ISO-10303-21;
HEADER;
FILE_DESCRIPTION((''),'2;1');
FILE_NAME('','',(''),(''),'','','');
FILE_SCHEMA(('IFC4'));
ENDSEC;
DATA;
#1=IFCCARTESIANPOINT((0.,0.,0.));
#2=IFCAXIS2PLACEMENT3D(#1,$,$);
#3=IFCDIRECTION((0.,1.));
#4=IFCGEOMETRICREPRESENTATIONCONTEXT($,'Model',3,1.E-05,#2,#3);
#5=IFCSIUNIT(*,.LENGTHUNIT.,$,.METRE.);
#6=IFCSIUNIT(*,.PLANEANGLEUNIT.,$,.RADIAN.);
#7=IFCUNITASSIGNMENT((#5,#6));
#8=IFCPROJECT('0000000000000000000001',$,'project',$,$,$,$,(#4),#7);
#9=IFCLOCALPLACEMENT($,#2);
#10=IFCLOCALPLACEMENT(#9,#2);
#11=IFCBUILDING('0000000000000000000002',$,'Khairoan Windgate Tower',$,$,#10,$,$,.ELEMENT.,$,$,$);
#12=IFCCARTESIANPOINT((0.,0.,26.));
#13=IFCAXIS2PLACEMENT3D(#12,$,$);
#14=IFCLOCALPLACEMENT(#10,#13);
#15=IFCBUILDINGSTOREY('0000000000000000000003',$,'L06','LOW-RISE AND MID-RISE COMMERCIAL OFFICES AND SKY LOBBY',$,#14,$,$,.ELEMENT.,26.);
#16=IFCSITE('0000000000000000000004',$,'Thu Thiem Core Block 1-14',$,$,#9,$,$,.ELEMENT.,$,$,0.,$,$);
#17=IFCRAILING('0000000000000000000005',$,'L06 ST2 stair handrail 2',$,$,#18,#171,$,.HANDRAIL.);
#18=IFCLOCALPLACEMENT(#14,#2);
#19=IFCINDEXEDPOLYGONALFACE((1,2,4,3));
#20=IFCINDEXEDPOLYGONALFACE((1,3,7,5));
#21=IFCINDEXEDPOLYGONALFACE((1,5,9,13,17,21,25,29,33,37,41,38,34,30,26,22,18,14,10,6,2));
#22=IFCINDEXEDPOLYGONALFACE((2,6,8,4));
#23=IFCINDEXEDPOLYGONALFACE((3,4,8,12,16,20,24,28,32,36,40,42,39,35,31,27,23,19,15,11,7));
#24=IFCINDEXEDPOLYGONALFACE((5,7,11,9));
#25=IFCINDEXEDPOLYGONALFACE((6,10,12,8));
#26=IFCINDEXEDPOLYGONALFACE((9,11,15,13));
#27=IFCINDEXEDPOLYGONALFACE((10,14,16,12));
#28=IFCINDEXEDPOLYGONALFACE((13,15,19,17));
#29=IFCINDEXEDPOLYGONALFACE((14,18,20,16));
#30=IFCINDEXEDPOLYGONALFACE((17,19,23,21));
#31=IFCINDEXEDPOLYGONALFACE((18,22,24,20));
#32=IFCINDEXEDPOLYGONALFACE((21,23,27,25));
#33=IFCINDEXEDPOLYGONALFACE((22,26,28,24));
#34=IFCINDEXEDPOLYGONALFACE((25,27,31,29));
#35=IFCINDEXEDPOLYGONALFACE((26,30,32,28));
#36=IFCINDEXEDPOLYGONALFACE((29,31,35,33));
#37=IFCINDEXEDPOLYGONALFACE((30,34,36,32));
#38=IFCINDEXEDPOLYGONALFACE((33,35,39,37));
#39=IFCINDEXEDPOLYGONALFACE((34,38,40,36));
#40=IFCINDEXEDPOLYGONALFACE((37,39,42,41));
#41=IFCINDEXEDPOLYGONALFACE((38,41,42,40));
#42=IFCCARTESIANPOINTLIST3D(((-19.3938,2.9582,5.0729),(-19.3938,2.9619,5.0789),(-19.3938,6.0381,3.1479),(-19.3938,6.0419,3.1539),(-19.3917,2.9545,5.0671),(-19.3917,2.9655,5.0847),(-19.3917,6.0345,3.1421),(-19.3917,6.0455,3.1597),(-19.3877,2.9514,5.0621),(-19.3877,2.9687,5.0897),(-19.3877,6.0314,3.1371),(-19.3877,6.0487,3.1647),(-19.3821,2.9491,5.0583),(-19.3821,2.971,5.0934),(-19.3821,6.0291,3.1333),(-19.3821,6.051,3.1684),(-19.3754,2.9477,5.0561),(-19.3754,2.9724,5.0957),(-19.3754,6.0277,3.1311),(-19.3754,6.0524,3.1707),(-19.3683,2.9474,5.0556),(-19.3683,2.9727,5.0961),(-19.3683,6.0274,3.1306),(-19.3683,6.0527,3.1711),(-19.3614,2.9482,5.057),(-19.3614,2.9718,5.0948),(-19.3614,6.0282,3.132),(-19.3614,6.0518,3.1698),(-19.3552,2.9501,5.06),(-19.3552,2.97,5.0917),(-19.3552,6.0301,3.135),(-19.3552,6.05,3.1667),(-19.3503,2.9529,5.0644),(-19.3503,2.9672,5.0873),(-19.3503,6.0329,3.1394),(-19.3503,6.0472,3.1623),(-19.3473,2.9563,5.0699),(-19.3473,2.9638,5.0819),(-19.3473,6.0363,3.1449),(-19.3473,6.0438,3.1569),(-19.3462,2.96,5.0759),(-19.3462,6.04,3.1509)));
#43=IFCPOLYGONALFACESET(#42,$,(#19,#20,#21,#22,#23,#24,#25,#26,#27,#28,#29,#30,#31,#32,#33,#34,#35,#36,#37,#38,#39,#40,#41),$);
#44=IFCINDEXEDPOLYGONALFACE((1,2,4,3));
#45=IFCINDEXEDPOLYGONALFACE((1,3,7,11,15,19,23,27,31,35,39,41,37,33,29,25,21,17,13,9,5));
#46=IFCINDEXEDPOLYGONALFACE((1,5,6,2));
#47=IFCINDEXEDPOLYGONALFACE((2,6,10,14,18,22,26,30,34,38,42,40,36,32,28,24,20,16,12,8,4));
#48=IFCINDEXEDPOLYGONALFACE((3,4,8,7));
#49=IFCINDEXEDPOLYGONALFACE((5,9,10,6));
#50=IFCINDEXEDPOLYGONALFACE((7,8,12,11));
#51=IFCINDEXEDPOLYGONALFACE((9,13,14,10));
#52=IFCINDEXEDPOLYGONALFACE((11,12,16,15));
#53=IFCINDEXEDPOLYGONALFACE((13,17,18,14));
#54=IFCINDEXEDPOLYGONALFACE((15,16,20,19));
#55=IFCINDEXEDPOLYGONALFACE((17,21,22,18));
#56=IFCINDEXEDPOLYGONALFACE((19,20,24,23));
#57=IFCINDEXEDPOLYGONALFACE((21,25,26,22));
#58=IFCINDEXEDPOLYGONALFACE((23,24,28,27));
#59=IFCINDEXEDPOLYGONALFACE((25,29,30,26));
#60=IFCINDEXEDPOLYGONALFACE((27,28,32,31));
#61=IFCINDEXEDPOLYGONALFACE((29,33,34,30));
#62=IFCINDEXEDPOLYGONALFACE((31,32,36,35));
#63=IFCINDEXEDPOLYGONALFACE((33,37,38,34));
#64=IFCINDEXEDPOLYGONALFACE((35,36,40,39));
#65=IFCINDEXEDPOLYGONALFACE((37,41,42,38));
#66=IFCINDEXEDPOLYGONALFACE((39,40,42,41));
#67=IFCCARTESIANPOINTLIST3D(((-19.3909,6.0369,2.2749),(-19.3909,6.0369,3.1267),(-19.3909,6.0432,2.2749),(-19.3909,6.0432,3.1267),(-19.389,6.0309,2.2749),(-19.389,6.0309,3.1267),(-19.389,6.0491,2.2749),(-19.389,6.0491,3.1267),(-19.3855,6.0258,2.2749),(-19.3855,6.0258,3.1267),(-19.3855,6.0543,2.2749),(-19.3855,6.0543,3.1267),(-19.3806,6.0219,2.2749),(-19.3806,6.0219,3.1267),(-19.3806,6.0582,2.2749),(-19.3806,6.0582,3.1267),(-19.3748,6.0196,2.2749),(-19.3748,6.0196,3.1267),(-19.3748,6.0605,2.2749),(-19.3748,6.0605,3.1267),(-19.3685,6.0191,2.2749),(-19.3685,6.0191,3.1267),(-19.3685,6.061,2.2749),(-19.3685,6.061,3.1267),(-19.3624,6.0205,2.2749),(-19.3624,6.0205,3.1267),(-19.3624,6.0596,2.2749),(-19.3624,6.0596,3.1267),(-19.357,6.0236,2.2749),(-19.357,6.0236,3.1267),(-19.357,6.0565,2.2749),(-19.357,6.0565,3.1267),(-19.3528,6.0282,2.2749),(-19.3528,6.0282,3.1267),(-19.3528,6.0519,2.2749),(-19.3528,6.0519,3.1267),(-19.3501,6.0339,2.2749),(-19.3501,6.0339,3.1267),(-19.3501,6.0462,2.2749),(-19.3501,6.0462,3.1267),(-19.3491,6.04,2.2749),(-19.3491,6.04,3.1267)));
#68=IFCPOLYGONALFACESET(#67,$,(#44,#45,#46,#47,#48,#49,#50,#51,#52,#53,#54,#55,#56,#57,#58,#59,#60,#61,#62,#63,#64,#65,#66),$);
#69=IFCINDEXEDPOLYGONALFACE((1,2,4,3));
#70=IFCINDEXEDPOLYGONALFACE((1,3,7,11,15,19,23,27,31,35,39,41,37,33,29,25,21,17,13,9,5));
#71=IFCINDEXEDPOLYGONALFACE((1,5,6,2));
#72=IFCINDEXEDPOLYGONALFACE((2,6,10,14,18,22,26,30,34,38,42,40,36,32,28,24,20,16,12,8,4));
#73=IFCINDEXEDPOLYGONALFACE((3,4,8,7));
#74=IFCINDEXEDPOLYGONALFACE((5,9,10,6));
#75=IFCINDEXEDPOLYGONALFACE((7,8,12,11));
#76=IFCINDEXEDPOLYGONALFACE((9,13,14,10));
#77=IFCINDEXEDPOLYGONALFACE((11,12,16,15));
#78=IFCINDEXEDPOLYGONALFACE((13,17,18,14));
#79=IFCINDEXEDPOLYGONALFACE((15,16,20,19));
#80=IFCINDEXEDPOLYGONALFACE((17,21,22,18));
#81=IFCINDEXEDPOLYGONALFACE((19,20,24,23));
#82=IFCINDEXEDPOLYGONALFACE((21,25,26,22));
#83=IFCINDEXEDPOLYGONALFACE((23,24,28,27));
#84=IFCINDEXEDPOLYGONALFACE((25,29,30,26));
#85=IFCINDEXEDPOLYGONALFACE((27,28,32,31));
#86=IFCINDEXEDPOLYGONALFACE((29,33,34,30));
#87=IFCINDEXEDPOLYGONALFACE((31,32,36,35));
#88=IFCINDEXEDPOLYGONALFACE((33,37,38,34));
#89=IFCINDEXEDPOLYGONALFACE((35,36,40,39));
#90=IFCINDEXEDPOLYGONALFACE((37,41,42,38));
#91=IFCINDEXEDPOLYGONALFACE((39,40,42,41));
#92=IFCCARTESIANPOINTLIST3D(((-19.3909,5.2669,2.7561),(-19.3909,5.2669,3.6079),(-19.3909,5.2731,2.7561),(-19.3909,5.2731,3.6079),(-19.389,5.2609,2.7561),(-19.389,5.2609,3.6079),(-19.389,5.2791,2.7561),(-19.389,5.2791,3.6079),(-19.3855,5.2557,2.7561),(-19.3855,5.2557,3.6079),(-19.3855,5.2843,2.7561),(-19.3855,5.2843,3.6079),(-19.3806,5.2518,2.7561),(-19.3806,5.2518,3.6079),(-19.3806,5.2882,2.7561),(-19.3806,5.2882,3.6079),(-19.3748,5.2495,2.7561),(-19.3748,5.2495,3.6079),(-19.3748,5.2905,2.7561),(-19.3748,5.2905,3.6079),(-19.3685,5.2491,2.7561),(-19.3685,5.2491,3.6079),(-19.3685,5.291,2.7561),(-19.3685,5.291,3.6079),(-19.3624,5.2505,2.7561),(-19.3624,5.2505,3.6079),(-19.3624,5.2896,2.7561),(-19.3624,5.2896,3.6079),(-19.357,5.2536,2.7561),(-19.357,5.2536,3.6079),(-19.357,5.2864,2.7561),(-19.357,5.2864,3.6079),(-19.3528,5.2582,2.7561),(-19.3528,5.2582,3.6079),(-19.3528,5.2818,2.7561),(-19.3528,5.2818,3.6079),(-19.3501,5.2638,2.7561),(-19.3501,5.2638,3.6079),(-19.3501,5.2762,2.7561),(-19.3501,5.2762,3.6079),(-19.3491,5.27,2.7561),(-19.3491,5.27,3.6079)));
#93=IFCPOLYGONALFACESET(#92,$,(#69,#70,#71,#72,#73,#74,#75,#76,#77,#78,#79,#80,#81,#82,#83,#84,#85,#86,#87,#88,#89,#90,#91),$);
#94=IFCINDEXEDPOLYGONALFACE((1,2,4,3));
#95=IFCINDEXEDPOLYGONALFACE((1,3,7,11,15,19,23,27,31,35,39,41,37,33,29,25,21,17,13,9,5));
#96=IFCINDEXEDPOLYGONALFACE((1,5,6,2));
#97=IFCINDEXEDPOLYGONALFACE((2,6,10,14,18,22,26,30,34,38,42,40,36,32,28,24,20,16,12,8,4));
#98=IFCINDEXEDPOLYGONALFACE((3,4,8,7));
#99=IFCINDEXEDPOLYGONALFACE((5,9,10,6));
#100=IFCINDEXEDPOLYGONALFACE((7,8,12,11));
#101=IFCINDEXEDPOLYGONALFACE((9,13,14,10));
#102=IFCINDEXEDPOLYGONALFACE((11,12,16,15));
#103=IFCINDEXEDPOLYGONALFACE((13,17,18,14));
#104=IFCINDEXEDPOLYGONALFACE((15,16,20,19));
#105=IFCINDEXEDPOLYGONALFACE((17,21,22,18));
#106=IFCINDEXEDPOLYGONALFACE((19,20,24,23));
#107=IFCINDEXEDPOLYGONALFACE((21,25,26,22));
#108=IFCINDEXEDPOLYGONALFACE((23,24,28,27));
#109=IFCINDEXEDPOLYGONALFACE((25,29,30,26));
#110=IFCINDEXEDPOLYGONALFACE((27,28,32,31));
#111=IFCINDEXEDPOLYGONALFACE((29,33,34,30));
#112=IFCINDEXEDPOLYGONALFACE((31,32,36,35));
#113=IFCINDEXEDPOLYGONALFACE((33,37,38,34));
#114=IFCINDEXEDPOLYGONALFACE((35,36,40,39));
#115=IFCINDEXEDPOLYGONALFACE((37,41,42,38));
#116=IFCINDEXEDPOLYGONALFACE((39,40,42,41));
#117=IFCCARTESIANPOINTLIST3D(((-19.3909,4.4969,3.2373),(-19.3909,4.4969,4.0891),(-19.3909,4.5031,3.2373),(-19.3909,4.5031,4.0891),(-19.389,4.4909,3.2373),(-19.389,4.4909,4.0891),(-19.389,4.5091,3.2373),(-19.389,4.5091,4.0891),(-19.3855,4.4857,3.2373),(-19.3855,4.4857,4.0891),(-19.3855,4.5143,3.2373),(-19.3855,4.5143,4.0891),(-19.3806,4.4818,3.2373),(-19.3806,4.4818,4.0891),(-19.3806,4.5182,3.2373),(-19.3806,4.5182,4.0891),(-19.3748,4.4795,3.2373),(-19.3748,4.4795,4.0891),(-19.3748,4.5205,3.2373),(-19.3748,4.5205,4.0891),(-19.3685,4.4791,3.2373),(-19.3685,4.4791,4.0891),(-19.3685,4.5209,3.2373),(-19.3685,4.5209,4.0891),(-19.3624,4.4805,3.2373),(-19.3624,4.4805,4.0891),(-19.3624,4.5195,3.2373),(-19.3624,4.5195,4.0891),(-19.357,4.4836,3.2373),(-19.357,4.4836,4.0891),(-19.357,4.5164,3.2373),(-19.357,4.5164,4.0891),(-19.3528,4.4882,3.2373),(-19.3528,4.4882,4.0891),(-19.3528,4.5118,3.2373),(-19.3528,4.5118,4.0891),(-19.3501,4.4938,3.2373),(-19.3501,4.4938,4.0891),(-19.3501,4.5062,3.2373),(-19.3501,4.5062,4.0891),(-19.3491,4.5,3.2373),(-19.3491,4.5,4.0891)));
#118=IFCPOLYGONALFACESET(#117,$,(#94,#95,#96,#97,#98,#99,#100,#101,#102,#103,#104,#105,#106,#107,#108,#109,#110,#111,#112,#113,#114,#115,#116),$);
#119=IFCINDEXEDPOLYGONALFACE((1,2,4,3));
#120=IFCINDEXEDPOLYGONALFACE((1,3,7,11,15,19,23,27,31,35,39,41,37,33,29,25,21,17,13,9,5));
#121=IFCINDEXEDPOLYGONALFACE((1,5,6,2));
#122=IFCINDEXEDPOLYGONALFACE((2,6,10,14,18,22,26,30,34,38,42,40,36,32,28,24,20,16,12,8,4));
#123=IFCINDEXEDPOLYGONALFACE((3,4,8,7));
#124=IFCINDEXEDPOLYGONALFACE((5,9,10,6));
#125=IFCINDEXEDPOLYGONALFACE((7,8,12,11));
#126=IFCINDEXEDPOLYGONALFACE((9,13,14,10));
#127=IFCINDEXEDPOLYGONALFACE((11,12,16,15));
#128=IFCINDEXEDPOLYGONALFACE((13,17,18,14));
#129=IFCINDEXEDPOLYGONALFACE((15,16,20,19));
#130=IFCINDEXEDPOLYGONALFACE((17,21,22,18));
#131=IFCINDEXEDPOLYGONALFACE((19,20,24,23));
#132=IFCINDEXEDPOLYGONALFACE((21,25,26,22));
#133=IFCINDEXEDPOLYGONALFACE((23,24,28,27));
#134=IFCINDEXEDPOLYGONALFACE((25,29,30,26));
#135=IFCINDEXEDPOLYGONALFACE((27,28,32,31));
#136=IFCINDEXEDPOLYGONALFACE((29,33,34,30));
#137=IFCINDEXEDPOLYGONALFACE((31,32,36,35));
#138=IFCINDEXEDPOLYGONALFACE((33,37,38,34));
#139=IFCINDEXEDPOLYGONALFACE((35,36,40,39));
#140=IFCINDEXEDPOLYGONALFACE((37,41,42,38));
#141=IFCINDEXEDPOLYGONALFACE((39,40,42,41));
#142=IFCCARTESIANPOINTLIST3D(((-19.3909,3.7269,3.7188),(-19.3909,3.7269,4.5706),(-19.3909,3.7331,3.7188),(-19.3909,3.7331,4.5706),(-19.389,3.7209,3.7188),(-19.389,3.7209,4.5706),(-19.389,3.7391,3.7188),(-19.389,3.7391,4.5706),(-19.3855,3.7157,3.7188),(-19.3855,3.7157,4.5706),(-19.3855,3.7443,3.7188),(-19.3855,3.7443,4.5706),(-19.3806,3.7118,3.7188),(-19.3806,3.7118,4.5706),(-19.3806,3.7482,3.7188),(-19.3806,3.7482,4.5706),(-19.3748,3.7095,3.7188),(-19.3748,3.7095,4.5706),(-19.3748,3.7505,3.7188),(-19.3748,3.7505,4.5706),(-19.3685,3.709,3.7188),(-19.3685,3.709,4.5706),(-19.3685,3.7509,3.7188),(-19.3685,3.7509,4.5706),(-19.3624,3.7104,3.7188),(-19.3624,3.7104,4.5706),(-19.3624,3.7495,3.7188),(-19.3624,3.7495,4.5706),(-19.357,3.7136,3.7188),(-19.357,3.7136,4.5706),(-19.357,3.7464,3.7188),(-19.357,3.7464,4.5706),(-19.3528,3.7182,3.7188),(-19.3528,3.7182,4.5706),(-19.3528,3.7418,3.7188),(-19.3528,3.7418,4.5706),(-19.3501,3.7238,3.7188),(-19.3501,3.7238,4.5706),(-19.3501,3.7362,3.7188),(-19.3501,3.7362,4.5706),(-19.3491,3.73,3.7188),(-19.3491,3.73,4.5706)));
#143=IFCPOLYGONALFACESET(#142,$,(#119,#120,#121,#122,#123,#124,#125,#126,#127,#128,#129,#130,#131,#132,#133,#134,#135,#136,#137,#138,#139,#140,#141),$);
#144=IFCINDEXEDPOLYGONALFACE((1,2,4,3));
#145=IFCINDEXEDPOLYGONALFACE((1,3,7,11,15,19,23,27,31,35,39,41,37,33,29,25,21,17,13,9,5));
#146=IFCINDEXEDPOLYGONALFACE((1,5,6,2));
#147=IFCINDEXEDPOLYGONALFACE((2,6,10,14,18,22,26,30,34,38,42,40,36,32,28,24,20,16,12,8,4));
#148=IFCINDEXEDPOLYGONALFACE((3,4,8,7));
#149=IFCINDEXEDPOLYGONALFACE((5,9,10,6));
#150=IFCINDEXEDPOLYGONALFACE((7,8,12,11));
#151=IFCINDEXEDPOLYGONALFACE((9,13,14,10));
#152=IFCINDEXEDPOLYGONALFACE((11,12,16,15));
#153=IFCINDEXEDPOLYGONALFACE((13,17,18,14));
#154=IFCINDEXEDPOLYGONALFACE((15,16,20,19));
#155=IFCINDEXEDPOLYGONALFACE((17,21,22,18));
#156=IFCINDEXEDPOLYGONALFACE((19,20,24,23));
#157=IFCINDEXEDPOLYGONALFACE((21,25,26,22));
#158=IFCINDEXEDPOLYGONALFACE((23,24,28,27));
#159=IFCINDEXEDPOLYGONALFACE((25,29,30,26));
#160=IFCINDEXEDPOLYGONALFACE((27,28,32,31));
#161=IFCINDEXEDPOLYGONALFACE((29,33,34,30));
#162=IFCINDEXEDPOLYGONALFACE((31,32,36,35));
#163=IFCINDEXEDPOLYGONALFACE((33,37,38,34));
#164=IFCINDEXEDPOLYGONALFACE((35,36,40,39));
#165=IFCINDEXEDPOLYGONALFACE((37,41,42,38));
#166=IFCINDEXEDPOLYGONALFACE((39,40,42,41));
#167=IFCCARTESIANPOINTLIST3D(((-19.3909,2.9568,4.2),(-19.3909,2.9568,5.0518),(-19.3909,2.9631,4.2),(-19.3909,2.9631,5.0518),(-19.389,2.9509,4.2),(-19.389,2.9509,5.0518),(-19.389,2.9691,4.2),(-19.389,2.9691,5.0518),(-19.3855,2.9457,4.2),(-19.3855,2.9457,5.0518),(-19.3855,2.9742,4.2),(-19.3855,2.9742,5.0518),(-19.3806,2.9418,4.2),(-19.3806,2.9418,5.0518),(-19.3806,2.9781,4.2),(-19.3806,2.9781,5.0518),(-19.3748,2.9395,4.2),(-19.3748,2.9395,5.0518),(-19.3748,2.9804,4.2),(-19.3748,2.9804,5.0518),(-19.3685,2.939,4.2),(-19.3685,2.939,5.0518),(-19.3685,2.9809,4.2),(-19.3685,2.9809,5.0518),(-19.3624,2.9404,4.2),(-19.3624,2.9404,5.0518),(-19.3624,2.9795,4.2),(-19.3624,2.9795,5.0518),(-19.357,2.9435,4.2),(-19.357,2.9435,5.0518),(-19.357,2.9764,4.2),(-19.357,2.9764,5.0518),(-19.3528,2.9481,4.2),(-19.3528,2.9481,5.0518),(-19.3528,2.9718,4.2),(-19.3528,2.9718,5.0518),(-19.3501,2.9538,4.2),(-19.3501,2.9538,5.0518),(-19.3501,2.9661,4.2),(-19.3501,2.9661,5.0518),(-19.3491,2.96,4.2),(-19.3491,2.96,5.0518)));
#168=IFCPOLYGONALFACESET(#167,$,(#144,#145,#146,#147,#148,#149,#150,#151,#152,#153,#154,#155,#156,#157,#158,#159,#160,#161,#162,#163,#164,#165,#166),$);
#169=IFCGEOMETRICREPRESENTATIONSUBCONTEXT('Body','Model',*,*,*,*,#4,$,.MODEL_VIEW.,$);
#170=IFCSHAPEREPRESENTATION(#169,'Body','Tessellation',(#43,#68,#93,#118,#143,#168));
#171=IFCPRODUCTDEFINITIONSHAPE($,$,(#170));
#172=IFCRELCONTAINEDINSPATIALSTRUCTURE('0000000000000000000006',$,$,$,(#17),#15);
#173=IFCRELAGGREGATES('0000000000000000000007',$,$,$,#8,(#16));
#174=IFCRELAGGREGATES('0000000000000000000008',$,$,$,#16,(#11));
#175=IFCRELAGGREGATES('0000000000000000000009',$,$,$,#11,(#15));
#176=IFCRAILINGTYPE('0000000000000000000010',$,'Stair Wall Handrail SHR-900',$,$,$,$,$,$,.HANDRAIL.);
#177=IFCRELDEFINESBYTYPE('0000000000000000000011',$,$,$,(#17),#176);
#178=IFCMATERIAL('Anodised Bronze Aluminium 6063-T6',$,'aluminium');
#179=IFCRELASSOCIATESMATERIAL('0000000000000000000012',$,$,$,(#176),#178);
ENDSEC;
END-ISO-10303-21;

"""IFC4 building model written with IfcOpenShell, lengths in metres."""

from ifc_helpers import new_model, si_unit, direction, frame, origin, origin_2d, place, context, subcontext, project, spatial, circle, extrude, material, type_object, element, save


model = new_model("IFC4")

# Units and contexts
model_context = context("Model", 3, precision=1e-05, world=origin(), true_north=direction((0.0, 1.0)))
body_context = subcontext(model_context, "Body", "Model", "MODEL_VIEW")
ifc_project = project(units=[si_unit("LENGTHUNIT", "METRE"), si_unit("PLANEANGLEUNIT", "RADIAN")], contexts=[model_context])

# Site, building, storey
site_placement = place(None, origin())
site = spatial("IfcSite", under=ifc_project, at=site_placement, Name="Thu Thiem Core Block 1-14", CompositionType="ELEMENT", RefElevation=0.0)
building_placement = place(site_placement, origin())
building = spatial("IfcBuilding", under=site, at=building_placement, Name="Khairoan Windgate Tower", CompositionType="ELEMENT")
storey_placement = place(building_placement, frame((0.0, 0.0, 26.0)))
storey = spatial("IfcBuildingStorey", under=building, at=storey_placement, Name="L06", Description="LOW-RISE AND MID-RISE COMMERCIAL OFFICES AND SKY LOBBY", CompositionType="ELEMENT", Elevation=26.0)

# Railing
ifc_material_1 = material(Name="Anodised Bronze Aluminium 6063-T6", Category="aluminium")
railing_type_1 = type_object("IfcRailingType", Name="Stair Wall Handrail SHR-900", PredefinedType="HANDRAIL", material=ifc_material_1)
railing_1_placement = place(storey_placement, frame((-19.3701, 6.04, 2.2749)))
element("IfcRailing", 1, at=railing_1_placement, inside=storey, type_object=railing_type_1, Name="L06 ST2 stair handrail 2", PredefinedType="HANDRAIL", context=body_context, shape_type="SweptSolid", body=[
    extrude(circle(Radius=0.0239, at=origin_2d()), frame((0.0, 0.0, 0.876), z_axis=(0.0, -0.847998, 0.529999), x_axis=(1.0, 0.0, 0.0)), (0.0, 0.0, 1.0), 3.6321),
    extrude(circle(Radius=0.021, at=origin_2d()), origin(), (0.0, 0.0, 1.0), 0.8518),
    extrude(circle(Radius=0.021, at=origin_2d()), frame((0.0, -0.77, 0.4812)), (0.0, 0.0, 1.0), 0.8518),
    extrude(circle(Radius=0.021, at=origin_2d()), frame((0.0, -1.54, 0.9624)), (0.0, 0.0, 1.0), 0.8518),
    extrude(circle(Radius=0.021, at=origin_2d()), frame((0.0, -2.3101, 1.4438)), (0.0, 0.0, 1.0), 0.8518),
    extrude(circle(Radius=0.021, at=origin_2d()), frame((0.0, -3.0801, 1.925)), (0.0, 0.0, 1.0), 0.8518),
])

save(model, "model.ifc")
